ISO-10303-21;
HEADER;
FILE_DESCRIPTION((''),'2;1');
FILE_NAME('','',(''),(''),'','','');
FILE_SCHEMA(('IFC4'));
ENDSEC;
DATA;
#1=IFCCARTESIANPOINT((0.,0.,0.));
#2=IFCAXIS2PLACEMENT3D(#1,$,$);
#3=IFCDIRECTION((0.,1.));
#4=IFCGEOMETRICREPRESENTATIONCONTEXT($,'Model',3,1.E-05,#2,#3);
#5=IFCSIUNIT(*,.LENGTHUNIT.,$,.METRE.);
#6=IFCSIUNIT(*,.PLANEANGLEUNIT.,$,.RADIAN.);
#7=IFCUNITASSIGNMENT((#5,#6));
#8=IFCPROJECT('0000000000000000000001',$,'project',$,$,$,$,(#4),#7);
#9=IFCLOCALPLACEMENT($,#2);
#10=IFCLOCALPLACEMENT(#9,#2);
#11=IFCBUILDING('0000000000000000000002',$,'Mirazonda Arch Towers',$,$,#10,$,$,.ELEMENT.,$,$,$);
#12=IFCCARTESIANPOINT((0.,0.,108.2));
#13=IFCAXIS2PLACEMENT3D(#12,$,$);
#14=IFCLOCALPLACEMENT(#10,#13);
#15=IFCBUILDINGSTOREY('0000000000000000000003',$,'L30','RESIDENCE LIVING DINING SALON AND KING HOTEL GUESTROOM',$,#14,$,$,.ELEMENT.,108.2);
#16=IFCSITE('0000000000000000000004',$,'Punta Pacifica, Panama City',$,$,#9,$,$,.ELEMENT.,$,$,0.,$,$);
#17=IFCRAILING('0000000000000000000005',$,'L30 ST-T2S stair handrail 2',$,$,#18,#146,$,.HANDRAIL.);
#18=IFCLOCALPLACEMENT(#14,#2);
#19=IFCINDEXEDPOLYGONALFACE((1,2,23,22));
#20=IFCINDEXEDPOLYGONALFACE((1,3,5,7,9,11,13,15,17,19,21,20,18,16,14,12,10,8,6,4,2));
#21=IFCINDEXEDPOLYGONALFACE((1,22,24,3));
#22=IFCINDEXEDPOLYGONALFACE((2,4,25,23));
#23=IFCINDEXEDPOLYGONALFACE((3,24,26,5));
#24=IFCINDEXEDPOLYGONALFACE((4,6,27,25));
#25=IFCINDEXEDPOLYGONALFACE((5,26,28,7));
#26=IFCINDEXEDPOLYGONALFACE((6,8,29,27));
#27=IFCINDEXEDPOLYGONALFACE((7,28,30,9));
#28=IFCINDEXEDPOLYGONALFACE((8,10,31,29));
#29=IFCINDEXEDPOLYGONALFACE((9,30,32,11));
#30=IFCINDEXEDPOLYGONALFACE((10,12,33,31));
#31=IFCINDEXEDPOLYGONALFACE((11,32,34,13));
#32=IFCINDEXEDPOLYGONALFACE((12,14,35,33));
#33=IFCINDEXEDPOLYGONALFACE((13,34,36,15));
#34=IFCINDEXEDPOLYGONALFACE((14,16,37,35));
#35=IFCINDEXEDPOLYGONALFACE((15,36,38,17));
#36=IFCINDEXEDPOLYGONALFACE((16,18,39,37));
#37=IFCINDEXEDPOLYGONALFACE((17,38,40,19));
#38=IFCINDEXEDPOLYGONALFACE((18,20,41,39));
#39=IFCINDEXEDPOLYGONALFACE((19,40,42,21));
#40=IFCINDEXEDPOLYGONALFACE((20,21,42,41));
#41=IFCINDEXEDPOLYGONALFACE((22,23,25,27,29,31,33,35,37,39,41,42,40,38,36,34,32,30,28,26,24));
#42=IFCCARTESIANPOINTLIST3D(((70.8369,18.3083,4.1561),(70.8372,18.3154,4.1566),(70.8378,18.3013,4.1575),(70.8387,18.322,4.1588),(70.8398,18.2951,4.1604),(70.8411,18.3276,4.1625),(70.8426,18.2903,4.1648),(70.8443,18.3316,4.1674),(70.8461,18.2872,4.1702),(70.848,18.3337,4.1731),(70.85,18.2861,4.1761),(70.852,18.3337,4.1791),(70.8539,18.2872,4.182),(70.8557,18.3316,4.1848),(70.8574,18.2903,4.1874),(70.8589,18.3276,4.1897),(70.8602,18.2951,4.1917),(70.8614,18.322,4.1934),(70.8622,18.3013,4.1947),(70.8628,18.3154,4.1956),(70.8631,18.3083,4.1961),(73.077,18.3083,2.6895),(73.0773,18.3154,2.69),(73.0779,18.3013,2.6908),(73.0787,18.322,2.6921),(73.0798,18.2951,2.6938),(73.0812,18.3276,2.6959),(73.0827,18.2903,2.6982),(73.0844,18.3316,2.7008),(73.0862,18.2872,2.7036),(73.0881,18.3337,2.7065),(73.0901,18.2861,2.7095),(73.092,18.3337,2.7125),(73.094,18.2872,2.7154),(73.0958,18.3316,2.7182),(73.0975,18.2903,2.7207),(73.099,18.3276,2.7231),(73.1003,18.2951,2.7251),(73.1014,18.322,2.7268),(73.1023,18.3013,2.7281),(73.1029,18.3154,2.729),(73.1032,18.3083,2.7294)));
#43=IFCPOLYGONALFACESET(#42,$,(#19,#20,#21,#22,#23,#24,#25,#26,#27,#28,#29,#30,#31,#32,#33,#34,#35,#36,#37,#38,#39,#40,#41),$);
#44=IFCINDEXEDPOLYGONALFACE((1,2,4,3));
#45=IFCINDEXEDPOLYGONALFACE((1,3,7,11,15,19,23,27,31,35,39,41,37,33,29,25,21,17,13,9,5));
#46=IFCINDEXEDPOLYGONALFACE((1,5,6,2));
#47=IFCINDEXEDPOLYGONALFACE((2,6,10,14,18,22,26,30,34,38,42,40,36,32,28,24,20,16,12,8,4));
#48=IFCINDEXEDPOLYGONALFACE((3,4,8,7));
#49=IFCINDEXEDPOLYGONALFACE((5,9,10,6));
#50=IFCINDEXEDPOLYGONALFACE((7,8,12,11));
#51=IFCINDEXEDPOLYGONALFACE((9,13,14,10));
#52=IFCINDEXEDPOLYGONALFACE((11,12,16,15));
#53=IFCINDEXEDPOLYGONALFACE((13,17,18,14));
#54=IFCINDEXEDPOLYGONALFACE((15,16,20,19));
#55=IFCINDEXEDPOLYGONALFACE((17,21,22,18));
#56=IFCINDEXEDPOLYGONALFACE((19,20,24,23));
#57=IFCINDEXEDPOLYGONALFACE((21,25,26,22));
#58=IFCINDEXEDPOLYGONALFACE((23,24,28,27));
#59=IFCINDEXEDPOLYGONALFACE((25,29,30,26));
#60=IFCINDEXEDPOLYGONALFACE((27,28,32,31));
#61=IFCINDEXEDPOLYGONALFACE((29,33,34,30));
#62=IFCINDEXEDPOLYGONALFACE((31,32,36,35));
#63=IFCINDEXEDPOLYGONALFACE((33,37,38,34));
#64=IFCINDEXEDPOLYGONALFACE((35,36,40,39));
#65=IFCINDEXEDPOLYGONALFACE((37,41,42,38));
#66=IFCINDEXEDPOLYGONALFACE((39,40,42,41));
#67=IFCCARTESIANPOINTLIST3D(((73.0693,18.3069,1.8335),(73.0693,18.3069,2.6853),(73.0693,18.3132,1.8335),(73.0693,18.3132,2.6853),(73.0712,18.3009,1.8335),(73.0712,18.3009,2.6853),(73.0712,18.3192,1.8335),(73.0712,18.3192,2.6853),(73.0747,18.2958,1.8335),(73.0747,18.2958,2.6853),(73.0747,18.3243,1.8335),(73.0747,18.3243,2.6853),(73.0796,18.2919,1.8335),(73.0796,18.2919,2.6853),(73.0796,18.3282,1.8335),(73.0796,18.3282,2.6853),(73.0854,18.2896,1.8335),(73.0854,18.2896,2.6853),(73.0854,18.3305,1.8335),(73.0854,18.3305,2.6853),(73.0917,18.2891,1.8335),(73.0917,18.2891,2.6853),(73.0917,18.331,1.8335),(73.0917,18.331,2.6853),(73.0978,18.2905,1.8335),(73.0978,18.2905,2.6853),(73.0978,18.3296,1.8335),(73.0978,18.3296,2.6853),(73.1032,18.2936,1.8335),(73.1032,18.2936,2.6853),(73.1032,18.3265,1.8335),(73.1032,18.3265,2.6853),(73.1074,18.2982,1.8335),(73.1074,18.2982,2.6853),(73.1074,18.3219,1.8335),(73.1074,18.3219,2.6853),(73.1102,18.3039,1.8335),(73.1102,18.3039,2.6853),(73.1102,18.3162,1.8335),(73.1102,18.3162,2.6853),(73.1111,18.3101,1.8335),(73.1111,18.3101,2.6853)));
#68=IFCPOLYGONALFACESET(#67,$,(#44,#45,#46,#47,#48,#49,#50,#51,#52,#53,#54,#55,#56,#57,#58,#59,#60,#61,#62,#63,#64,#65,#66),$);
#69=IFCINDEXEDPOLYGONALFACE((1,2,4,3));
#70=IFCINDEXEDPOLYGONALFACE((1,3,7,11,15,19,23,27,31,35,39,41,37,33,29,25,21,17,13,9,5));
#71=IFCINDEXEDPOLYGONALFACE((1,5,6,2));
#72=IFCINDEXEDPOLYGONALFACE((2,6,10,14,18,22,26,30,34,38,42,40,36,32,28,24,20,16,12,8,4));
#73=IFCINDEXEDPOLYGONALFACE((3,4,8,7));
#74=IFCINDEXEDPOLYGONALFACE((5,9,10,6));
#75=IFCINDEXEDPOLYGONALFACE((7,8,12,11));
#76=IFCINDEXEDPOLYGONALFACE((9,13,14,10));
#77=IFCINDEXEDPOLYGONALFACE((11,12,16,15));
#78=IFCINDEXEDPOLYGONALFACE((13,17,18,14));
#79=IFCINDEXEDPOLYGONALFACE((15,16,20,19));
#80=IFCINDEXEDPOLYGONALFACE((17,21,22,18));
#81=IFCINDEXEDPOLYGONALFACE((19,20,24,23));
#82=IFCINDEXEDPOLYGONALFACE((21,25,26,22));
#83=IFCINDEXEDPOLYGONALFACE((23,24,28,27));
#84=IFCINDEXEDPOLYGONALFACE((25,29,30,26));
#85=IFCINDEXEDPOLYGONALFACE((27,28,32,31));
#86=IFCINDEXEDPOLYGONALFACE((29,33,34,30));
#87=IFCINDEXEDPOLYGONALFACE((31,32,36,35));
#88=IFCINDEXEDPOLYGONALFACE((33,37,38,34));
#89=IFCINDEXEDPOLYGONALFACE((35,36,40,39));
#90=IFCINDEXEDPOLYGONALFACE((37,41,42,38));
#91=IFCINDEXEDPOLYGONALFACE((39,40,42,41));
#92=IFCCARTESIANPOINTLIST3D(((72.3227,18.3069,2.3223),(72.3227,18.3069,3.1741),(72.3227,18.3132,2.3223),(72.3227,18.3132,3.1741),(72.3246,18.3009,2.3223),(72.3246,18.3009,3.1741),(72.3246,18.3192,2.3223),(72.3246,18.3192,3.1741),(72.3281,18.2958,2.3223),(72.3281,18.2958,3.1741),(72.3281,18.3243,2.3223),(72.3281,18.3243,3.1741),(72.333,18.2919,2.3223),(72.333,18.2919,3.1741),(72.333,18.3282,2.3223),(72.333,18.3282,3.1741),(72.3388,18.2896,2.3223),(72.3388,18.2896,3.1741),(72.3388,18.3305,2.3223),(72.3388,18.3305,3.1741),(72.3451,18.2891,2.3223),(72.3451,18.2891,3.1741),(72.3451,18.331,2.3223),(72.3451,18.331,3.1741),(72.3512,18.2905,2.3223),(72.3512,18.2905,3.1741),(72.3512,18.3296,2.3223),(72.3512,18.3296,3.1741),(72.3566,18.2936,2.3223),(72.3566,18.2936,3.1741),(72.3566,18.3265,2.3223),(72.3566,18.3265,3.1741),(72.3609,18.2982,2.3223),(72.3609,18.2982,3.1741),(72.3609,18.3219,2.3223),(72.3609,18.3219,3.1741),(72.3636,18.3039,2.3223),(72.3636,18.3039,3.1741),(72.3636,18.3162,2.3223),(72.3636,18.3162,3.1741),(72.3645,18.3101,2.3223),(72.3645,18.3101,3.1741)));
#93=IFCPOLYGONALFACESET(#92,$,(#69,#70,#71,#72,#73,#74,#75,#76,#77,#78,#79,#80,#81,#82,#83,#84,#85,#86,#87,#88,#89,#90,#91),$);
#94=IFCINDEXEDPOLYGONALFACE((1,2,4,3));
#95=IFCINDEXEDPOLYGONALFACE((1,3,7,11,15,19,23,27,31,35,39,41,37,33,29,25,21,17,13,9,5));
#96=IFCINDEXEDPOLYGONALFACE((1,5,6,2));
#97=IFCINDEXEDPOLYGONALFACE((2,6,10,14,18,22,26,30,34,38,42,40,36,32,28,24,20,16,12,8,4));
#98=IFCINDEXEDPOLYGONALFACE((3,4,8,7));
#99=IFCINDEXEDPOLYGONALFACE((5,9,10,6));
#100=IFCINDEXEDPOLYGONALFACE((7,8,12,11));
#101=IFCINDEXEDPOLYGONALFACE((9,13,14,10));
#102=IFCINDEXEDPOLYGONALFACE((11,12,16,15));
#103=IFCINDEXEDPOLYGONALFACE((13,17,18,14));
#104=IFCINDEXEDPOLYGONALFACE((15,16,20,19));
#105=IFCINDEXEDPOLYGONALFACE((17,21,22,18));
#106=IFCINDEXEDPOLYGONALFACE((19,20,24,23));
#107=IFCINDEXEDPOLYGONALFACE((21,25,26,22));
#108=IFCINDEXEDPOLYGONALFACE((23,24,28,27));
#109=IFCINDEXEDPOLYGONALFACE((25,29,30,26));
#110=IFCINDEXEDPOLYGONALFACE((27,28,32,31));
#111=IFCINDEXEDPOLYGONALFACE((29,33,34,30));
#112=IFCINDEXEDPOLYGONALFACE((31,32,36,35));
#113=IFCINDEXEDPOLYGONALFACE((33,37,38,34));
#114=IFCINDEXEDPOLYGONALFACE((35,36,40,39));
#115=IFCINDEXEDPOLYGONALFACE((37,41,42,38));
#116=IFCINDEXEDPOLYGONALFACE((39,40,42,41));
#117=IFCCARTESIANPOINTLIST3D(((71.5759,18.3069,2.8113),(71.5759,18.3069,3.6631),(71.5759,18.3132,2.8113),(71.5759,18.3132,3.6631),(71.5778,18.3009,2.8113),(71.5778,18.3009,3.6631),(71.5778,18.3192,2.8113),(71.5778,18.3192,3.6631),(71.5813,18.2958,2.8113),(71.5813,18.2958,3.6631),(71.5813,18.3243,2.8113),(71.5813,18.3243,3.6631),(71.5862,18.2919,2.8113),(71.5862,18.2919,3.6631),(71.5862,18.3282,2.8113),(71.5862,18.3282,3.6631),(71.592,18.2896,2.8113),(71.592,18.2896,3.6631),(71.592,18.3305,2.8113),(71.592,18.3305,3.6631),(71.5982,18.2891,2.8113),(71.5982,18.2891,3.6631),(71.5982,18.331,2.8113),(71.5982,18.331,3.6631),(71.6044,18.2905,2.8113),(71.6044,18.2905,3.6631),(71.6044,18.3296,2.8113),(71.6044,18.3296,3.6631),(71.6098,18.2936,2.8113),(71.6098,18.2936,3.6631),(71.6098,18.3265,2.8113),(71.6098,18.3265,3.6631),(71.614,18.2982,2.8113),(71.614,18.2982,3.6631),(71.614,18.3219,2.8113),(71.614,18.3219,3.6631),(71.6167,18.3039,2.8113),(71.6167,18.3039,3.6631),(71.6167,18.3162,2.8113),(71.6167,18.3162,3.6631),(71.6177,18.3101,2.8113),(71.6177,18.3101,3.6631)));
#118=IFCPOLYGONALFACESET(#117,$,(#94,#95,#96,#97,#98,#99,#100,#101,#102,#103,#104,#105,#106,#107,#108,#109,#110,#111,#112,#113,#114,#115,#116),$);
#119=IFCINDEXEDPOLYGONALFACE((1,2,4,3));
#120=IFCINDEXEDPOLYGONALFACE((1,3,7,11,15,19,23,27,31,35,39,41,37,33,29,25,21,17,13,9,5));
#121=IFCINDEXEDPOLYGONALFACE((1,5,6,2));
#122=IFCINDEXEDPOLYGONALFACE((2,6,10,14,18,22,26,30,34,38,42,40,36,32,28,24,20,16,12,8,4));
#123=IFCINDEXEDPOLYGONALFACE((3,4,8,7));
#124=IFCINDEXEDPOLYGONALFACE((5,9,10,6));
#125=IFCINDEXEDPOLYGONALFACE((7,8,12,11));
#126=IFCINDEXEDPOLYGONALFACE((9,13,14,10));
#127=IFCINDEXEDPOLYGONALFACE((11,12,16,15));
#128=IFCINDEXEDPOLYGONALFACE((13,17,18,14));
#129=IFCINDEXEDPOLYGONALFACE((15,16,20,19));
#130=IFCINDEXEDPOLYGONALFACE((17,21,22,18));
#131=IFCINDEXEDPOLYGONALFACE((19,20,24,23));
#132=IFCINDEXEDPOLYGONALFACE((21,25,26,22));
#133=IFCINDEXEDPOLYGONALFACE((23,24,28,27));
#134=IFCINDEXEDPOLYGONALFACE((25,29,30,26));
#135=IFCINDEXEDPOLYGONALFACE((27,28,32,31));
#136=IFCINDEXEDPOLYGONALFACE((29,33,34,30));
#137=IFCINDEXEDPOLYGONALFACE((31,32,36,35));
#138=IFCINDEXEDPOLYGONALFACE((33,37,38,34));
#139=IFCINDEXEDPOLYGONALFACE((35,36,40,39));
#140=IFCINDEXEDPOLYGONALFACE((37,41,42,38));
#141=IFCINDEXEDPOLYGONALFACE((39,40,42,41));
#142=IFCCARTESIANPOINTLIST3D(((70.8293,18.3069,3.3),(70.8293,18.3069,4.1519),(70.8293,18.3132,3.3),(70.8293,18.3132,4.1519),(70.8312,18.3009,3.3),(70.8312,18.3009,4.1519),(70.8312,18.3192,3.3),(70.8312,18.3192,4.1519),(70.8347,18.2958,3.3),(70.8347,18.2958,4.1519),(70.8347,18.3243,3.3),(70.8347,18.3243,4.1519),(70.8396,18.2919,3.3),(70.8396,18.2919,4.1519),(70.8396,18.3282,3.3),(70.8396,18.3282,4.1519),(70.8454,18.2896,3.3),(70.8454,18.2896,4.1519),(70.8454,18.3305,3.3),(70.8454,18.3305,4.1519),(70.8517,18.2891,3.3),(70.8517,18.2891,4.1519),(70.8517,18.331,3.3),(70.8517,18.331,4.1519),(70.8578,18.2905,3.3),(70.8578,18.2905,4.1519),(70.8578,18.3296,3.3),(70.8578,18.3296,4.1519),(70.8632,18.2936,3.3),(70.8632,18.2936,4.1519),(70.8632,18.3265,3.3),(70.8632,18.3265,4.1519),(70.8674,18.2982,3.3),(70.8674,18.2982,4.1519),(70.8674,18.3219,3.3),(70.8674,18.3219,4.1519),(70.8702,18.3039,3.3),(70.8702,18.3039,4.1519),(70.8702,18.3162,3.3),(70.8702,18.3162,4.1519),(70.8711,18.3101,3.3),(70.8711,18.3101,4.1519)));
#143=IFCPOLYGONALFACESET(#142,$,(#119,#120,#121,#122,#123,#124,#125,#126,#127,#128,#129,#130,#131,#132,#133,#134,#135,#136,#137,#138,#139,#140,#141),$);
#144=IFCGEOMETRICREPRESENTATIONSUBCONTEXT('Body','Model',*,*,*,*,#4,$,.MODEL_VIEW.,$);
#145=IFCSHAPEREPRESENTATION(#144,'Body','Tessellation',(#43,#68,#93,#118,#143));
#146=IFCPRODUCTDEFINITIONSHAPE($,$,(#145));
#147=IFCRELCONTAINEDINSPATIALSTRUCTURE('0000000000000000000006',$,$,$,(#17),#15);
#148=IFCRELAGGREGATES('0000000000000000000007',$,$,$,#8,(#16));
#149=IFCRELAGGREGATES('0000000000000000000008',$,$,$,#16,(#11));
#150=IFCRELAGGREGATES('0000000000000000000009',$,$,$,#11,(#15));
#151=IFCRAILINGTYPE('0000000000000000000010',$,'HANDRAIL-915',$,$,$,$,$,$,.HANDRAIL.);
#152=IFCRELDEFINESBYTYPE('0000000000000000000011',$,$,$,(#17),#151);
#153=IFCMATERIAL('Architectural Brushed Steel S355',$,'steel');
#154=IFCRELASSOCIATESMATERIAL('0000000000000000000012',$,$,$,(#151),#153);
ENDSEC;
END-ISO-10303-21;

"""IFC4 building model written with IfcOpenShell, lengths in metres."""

from ifc_helpers import new_model, si_unit, direction, frame, origin, origin_2d, place, context, subcontext, project, spatial, circle, extrude, material, type_object, element, save


model = new_model("IFC4")

# Units and contexts
model_context = context("Model", 3, precision=1e-05, world=origin(), true_north=direction((0.0, 1.0)))
body_context = subcontext(model_context, "Body", "Model", "MODEL_VIEW")
ifc_project = project(units=[si_unit("LENGTHUNIT", "METRE"), si_unit("PLANEANGLEUNIT", "RADIAN")], contexts=[model_context])

# Site, building, storey
site_placement = place(None, origin())
site = spatial("IfcSite", under=ifc_project, at=site_placement, Name="Punta Pacifica, Panama City", CompositionType="ELEMENT", RefElevation=0.0)
building_placement = place(site_placement, origin())
building = spatial("IfcBuilding", under=site, at=building_placement, Name="Mirazonda Arch Towers", CompositionType="ELEMENT")
storey_placement = place(building_placement, frame((0.0, 0.0, 108.2)))
storey = spatial("IfcBuildingStorey", under=building, at=storey_placement, Name="L30", Description="RESIDENCE LIVING DINING SALON AND KING HOTEL GUESTROOM", CompositionType="ELEMENT", Elevation=108.2)

# Railing
ifc_material_1 = material(Name="Architectural Brushed Steel S355", Category="steel")
railing_type_1 = type_object("IfcRailingType", Name="HANDRAIL-915", PredefinedType="HANDRAIL", material=ifc_material_1)
railing_1_placement = place(storey_placement, frame((73.0901, 18.3101, 1.8335)))
element("IfcRailing", 1, at=railing_1_placement, inside=storey, type_object=railing_type_1, Name="L30 ST-T2S stair handrail 2", PredefinedType="HANDRAIL", context=body_context, shape_type="SweptSolid", body=[
    extrude(circle(Radius=0.0239, at=origin_2d()), frame((0.0, 0.0, 0.876), z_axis=(-0.836637, 0.0, 0.547758), x_axis=(0.0, -1.0, 0.0)), (0.0, 0.0, 1.0), 2.6775),
    extrude(circle(Radius=0.021, at=origin_2d()), origin(), (0.0, 0.0, 1.0), 0.8518),
    extrude(circle(Radius=0.021, at=origin_2d()), frame((-0.7466, 0.0, 0.4888)), (0.0, 0.0, 1.0), 0.8518),
    extrude(circle(Radius=0.021, at=origin_2d()), frame((-1.4934, 0.0, 0.9778)), (0.0, 0.0, 1.0), 0.8518),
    extrude(circle(Radius=0.021, at=origin_2d()), frame((-2.24, 0.0, 1.4666)), (0.0, 0.0, 1.0), 0.8518),
])

save(model, "model.ifc")
